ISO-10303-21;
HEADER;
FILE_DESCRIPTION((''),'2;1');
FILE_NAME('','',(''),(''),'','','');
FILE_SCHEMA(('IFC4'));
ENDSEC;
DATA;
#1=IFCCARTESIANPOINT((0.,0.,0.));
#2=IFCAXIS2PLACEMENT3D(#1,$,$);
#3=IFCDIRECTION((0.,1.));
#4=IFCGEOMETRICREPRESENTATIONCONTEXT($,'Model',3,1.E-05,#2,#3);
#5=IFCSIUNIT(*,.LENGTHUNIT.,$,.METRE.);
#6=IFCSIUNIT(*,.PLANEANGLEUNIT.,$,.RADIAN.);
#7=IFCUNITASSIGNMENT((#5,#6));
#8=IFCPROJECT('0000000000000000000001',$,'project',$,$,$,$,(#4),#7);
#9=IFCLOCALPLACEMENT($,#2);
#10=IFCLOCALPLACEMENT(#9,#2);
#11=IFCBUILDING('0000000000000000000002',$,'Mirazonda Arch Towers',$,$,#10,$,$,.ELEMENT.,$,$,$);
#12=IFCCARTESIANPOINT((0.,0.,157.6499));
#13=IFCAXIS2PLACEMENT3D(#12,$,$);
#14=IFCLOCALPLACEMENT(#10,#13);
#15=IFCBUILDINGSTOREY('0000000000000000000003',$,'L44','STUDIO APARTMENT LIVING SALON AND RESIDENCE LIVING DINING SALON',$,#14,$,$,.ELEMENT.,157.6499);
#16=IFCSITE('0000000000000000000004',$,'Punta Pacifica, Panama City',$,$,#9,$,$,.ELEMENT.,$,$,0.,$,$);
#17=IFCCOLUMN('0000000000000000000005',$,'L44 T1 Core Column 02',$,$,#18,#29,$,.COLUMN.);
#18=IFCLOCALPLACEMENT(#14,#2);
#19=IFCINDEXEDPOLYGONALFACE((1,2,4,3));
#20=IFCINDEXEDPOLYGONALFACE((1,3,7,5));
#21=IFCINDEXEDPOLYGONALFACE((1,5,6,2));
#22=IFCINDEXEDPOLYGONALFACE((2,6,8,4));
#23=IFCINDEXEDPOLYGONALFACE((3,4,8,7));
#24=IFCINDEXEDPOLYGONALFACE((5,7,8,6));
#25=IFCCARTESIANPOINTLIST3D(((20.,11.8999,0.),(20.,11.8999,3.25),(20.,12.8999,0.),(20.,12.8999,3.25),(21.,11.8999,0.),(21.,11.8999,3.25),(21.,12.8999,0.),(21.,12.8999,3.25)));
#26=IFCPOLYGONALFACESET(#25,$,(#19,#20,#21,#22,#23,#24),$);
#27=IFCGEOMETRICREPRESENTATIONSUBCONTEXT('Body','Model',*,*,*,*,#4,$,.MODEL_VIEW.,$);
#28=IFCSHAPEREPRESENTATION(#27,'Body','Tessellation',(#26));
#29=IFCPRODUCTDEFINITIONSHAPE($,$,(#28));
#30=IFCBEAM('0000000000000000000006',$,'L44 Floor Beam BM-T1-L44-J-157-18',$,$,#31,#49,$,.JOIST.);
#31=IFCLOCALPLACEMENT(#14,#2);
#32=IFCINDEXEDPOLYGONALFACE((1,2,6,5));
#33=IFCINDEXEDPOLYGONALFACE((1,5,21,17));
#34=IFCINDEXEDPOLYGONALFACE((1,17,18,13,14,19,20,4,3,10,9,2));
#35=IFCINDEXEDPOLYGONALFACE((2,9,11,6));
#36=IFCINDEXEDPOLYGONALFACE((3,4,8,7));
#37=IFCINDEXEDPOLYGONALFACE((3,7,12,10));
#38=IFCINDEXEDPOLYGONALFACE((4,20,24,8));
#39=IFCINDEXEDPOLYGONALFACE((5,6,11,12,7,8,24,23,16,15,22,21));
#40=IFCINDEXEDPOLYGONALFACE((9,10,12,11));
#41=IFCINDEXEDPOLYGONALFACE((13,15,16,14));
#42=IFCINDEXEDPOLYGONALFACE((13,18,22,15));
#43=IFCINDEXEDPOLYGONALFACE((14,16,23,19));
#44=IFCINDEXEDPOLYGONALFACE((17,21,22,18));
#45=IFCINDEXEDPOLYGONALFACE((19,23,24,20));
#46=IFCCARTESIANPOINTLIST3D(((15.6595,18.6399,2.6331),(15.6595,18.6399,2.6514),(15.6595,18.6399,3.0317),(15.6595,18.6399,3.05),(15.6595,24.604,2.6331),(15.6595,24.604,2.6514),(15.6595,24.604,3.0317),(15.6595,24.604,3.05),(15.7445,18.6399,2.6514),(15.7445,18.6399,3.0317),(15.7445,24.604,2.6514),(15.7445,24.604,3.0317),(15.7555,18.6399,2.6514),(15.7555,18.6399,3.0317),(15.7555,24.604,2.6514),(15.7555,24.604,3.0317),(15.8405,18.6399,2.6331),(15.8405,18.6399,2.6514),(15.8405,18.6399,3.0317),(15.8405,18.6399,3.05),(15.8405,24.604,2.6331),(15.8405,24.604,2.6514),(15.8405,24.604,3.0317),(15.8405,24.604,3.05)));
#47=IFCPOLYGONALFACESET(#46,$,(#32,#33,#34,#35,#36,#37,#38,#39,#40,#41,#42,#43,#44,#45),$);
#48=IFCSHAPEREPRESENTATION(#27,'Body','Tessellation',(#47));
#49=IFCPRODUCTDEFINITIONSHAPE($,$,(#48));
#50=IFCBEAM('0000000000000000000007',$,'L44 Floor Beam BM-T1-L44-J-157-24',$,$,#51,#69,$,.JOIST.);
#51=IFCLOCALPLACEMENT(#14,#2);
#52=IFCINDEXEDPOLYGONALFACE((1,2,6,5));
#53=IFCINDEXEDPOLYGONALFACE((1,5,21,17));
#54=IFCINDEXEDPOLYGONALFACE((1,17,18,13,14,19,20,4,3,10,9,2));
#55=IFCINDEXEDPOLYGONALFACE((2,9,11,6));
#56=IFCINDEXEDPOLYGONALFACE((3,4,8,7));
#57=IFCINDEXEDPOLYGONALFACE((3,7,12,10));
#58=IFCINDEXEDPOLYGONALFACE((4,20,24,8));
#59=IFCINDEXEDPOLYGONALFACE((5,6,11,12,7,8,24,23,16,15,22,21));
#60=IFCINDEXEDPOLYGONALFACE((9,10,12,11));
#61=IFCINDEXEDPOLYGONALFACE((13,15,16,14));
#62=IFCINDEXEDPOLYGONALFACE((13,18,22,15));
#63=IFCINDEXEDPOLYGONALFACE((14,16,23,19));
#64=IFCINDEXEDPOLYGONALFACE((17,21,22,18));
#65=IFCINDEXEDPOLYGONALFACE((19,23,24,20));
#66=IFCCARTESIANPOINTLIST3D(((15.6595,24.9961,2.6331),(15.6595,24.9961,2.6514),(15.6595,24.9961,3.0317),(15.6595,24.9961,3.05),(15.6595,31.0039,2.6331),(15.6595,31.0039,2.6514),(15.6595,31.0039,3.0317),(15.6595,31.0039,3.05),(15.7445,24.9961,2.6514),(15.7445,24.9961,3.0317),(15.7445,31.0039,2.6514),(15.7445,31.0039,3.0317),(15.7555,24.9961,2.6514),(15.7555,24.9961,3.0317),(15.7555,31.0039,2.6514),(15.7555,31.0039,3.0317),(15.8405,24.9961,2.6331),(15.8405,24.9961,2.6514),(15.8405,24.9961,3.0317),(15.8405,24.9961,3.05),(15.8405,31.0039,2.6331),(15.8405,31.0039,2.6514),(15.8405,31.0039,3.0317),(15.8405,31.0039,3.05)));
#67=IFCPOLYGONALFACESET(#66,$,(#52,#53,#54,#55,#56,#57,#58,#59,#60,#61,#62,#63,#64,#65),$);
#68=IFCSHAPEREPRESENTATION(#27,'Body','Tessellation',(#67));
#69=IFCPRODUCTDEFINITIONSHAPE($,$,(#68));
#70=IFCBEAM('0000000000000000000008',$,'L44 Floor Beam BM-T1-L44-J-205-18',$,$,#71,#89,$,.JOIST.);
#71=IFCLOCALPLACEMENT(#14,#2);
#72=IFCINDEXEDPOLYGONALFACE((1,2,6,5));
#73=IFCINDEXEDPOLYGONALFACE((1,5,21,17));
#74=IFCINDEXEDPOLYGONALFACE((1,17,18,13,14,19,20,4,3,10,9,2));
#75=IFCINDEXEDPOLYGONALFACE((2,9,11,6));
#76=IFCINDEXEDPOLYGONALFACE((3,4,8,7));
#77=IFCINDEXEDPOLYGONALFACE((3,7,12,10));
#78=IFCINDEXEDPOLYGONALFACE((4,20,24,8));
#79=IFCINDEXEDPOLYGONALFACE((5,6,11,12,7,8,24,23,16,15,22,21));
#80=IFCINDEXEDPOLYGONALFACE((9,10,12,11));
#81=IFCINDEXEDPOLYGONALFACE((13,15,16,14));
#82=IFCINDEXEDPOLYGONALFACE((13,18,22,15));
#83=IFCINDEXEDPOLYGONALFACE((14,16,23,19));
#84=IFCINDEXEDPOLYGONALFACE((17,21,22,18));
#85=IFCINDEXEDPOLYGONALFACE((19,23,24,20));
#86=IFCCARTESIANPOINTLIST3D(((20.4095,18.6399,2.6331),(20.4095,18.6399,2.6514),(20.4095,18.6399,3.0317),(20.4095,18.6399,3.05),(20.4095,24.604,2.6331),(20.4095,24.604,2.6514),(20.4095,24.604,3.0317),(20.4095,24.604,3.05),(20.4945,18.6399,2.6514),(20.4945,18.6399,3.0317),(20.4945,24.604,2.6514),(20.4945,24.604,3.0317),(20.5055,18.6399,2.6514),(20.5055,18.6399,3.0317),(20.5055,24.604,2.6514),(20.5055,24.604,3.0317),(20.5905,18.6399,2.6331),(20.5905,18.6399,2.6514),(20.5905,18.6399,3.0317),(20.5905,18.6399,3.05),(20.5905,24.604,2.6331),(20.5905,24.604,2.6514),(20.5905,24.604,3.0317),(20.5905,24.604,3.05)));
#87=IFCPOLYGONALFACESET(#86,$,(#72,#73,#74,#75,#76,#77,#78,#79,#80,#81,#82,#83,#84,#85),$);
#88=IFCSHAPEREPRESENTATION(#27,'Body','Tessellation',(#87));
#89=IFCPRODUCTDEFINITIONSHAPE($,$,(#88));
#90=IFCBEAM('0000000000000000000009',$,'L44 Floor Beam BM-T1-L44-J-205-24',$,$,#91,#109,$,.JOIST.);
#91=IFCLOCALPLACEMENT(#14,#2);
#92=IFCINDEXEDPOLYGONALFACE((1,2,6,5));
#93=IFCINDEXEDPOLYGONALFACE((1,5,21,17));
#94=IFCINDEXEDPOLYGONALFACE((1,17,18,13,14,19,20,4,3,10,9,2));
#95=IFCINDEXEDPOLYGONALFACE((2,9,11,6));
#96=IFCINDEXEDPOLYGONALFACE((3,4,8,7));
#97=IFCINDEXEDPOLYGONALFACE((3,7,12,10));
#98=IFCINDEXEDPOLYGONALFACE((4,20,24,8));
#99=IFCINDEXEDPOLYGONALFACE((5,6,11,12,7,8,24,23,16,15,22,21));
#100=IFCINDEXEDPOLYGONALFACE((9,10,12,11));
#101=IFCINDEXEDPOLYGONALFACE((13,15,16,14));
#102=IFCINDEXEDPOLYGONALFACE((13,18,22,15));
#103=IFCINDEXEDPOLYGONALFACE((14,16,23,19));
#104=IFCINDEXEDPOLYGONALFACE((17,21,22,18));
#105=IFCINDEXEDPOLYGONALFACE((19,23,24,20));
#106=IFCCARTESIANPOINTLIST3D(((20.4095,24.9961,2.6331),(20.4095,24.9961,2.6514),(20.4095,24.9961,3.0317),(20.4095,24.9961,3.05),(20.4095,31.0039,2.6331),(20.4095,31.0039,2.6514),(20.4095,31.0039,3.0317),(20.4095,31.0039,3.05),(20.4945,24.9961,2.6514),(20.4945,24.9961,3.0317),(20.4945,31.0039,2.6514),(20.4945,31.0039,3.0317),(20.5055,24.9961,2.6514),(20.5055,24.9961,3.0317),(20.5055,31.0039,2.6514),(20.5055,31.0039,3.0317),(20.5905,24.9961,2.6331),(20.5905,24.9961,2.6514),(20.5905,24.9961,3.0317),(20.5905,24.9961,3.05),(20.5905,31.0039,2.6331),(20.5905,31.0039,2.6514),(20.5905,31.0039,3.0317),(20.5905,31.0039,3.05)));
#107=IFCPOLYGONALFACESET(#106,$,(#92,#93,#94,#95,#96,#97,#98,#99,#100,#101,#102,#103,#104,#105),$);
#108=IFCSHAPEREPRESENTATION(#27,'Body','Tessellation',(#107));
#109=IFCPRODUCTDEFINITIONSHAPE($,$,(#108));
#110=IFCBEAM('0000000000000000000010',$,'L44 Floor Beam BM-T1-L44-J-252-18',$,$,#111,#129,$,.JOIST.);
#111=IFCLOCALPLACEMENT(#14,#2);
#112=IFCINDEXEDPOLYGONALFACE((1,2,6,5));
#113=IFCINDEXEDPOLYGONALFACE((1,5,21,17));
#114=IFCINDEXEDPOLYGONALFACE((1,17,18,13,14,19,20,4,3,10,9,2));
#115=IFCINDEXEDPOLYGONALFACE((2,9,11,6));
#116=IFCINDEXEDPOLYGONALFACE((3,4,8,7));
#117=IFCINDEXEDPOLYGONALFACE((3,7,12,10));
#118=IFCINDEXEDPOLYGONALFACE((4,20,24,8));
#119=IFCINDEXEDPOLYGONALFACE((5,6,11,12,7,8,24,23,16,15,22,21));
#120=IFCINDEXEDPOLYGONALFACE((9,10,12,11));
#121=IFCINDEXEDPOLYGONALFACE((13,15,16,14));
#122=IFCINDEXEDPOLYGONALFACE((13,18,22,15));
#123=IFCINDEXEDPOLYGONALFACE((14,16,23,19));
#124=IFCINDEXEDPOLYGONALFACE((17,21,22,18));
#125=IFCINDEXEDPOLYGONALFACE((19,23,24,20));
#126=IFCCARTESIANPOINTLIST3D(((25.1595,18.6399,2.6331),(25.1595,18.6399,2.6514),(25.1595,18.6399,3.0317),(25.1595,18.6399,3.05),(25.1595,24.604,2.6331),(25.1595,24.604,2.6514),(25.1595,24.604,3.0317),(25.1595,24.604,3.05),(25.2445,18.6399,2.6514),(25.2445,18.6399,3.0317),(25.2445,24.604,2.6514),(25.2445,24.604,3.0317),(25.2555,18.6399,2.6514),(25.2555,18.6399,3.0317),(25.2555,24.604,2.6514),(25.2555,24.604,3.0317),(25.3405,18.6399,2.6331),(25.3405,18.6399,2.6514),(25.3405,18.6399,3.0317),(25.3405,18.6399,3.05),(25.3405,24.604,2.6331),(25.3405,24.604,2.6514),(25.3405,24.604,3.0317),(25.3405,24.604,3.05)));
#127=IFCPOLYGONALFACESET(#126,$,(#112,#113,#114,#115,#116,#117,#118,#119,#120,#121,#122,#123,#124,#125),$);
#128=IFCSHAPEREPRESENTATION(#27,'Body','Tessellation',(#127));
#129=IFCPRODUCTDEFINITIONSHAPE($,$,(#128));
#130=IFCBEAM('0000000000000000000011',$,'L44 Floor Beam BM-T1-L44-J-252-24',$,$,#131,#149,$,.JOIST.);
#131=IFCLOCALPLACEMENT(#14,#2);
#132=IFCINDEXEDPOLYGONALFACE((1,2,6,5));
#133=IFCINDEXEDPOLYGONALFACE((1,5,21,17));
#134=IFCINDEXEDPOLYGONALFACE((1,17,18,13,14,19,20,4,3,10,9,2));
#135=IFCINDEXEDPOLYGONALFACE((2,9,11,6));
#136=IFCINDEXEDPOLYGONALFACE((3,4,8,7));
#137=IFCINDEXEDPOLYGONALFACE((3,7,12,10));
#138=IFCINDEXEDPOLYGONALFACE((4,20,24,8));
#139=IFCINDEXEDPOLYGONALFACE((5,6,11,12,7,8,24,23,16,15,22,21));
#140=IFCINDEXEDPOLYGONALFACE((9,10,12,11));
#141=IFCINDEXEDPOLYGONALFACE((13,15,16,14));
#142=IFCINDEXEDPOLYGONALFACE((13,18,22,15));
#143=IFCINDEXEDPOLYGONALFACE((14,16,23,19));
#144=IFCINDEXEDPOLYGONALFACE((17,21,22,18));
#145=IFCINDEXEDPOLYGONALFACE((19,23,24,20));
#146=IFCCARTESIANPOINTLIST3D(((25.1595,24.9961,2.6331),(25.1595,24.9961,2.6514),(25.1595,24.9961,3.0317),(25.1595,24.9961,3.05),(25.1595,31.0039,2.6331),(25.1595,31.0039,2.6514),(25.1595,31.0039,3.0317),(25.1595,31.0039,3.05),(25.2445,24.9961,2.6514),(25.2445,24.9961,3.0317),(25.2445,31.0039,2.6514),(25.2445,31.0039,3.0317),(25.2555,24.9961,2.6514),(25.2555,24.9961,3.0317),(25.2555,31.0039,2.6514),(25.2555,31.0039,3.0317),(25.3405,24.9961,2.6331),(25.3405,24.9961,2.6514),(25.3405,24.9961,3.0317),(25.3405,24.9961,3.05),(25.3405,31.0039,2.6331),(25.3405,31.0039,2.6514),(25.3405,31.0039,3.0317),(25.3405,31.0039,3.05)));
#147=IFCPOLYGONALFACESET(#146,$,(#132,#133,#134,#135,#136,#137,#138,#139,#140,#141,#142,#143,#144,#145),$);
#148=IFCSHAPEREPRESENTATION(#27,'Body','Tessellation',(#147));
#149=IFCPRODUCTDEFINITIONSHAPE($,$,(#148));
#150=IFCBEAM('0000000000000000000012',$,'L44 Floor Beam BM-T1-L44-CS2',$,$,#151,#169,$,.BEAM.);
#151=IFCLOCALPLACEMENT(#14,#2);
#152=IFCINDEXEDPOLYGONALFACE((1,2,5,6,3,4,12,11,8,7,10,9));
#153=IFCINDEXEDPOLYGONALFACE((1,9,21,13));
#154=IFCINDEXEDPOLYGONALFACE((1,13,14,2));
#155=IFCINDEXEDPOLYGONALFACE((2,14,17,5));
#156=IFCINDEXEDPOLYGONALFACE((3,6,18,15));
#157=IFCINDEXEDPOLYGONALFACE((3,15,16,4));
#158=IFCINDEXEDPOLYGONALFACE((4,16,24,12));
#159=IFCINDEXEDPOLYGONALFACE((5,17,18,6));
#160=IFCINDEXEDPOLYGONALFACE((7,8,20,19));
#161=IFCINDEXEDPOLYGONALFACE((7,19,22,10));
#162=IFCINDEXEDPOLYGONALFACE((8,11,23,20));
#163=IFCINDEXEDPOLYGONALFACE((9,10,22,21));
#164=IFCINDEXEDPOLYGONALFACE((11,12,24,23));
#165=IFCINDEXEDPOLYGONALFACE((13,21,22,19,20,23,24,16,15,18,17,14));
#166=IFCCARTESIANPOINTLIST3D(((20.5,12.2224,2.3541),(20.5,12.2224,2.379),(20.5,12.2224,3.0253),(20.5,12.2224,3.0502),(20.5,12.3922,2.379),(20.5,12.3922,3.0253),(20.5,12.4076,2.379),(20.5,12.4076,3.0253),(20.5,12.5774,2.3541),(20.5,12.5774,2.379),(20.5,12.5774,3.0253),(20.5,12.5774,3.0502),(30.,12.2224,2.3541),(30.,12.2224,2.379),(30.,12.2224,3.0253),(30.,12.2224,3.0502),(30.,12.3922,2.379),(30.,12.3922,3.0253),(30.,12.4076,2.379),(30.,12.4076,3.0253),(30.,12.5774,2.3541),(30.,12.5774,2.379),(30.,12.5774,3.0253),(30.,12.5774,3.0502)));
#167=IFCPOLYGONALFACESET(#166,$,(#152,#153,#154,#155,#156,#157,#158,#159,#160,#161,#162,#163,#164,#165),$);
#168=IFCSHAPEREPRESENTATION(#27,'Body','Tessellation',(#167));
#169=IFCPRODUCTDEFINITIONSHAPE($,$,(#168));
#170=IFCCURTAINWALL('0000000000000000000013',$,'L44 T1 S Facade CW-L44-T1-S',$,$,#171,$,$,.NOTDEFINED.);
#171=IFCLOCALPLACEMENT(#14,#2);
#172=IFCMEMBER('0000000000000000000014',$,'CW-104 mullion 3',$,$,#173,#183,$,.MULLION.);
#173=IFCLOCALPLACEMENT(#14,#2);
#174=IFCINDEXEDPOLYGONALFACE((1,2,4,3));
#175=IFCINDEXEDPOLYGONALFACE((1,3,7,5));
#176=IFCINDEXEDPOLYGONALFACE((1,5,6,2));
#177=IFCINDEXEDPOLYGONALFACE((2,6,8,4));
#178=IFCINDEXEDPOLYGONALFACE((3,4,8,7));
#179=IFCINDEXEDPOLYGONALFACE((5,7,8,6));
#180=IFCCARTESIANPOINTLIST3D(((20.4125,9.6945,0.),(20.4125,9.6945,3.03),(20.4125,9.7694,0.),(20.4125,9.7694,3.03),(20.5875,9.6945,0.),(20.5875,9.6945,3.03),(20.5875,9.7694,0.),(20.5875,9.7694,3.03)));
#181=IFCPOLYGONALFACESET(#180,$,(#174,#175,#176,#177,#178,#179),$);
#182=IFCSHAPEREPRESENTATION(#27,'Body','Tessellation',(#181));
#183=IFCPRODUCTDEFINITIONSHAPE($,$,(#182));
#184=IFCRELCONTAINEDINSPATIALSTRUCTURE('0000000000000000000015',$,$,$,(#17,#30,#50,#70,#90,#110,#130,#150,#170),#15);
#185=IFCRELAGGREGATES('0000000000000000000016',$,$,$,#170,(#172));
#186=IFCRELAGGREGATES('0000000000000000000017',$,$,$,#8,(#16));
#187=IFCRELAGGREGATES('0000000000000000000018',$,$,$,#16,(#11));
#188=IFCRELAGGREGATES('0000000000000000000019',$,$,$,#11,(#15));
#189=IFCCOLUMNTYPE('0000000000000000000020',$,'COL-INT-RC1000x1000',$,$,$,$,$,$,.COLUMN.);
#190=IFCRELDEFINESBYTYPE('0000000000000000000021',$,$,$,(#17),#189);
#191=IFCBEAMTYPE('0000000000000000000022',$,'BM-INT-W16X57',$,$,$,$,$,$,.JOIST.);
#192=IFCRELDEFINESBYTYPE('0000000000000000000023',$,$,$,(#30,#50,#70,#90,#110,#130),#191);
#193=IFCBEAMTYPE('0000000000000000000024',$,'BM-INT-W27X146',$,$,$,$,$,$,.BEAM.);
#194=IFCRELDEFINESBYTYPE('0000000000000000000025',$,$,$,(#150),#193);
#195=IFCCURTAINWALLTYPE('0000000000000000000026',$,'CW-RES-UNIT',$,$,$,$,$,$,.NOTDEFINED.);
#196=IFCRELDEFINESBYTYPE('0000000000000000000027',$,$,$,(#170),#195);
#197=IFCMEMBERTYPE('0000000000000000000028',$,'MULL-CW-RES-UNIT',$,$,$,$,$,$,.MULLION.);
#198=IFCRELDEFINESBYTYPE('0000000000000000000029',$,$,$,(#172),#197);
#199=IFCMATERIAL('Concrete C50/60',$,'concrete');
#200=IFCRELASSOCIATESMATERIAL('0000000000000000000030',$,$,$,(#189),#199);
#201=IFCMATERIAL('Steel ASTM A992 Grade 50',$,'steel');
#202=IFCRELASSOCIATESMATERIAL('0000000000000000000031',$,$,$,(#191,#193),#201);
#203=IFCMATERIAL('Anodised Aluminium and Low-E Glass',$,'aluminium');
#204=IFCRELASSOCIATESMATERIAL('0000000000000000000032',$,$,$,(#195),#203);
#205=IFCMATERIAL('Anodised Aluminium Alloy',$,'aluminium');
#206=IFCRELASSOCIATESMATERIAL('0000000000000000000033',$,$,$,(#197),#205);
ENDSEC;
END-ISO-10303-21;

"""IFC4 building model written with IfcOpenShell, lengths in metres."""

from ifc_helpers import new_model, si_unit, direction, frame, origin, origin_2d, place, context, subcontext, project, spatial, rectangle, i_section, extrude, material, material_profile, profile_set, type_object, element, aggregate, save


model = new_model("IFC4")

# Units and contexts
model_context = context("Model", 3, precision=1e-05, world=origin(), true_north=direction((0.0, 1.0)))
body_context = subcontext(model_context, "Body", "Model", "MODEL_VIEW")
ifc_project = project(units=[si_unit("LENGTHUNIT", "METRE"), si_unit("PLANEANGLEUNIT", "RADIAN")], contexts=[model_context])

# Site, building, storey
site_placement = place(None, origin())
site = spatial("IfcSite", under=ifc_project, at=site_placement, Name="Punta Pacifica, Panama City", CompositionType="ELEMENT", RefElevation=0.0)
building_placement = place(site_placement, origin())
building = spatial("IfcBuilding", under=site, at=building_placement, Name="Mirazonda Arch Towers", CompositionType="ELEMENT")
storey_placement = place(building_placement, frame((0.0, 0.0, 157.6499)))
storey = spatial("IfcBuildingStorey", under=building, at=storey_placement, Name="L44", Description="STUDIO APARTMENT LIVING SALON AND RESIDENCE LIVING DINING SALON", CompositionType="ELEMENT", Elevation=157.6499)

# Column
ifc_material_1 = material(Name="Concrete C50/60", Category="concrete")
ifc_material_profile_1 = material_profile(ifc_material_1, rectangle(XDim=1.0, YDim=1.0, at=origin_2d()), Name="RC1000x1000")
ifc_profile_set_1 = profile_set([ifc_material_profile_1], Name="Concrete C50/60")
column_type = type_object("IfcColumnType", Name="COL-INT-RC1000x1000", PredefinedType="COLUMN", material=ifc_profile_set_1)
column_placement = place(storey_placement, frame((20.5, 12.3999, 0.0), z_axis=(0.0, 0.0, 1.0), x_axis=(1.0, 0.0, 0.0)))
element("IfcColumn", 1, at=column_placement, inside=storey, type_object=column_type, Name="L44 T1 Core Column 02", PredefinedType="COLUMN", context=body_context, shape_type="SweptSolid", body=[
    extrude(rectangle(XDim=1.0, YDim=1.0, at=origin_2d()), origin(), (0.0, 0.0, 1.0), 3.25),
])

# Beams
ifc_material_2 = material(Name="Steel ASTM A992 Grade 50", Category="steel")
ifc_material_profile_2 = material_profile(ifc_material_2, i_section(OverallWidth=0.1809, OverallDepth=0.417, WebThickness=0.011, FlangeThickness=0.0183, at=origin_2d()), Name="W16X57")
ifc_profile_set_2 = profile_set([ifc_material_profile_2], Name="Steel ASTM A992 Grade 50")
beam_type_1 = type_object("IfcBeamType", Name="BM-INT-W16X57", PredefinedType="JOIST", material=ifc_profile_set_2)
beam_1_placement = place(storey_placement, frame((15.75, 18.6399, 2.8416), z_axis=(0.0, 1.0, 0.0), x_axis=(-1.0, 0.0, 0.0)))
element("IfcBeam", 2, at=beam_1_placement, inside=storey, type_object=beam_type_1, Name="L44 Floor Beam BM-T1-L44-J-157-18", PredefinedType="JOIST", context=body_context, shape_type="SweptSolid", body=[
    extrude(i_section(OverallWidth=0.1809, OverallDepth=0.417, WebThickness=0.011, FlangeThickness=0.0183, at=origin_2d()), origin(), (0.0, 0.0, 1.0), 5.9641),
])
beam_2_placement = place(storey_placement, frame((15.75, 24.9961, 2.8416), z_axis=(0.0, 1.0, 0.0), x_axis=(-1.0, 0.0, 0.0)))
element("IfcBeam", 3, at=beam_2_placement, inside=storey, type_object=beam_type_1, Name="L44 Floor Beam BM-T1-L44-J-157-24", PredefinedType="JOIST", context=body_context, shape_type="SweptSolid", body=[
    extrude(i_section(OverallWidth=0.1809, OverallDepth=0.417, WebThickness=0.011, FlangeThickness=0.0183, at=origin_2d()), origin(), (0.0, 0.0, 1.0), 6.0078),
])
beam_3_placement = place(storey_placement, frame((20.5, 18.6399, 2.8416), z_axis=(0.0, 1.0, 0.0), x_axis=(-1.0, 0.0, 0.0)))
element("IfcBeam", 4, at=beam_3_placement, inside=storey, type_object=beam_type_1, Name="L44 Floor Beam BM-T1-L44-J-205-18", PredefinedType="JOIST", context=body_context, shape_type="SweptSolid", body=[
    extrude(i_section(OverallWidth=0.1809, OverallDepth=0.417, WebThickness=0.011, FlangeThickness=0.0183, at=origin_2d()), origin(), (0.0, 0.0, 1.0), 5.9641),
])
beam_4_placement = place(storey_placement, frame((20.5, 24.9961, 2.8416), z_axis=(0.0, 1.0, 0.0), x_axis=(-1.0, 0.0, 0.0)))
element("IfcBeam", 5, at=beam_4_placement, inside=storey, type_object=beam_type_1, Name="L44 Floor Beam BM-T1-L44-J-205-24", PredefinedType="JOIST", context=body_context, shape_type="SweptSolid", body=[
    extrude(i_section(OverallWidth=0.1809, OverallDepth=0.417, WebThickness=0.011, FlangeThickness=0.0183, at=origin_2d()), origin(), (0.0, 0.0, 1.0), 6.0078),
])
beam_5_placement = place(storey_placement, frame((25.25, 18.6399, 2.8416), z_axis=(0.0, 1.0, 0.0), x_axis=(-1.0, 0.0, 0.0)))
element("IfcBeam", 6, at=beam_5_placement, inside=storey, type_object=beam_type_1, Name="L44 Floor Beam BM-T1-L44-J-252-18", PredefinedType="JOIST", context=body_context, shape_type="SweptSolid", body=[
    extrude(i_section(OverallWidth=0.1809, OverallDepth=0.417, WebThickness=0.011, FlangeThickness=0.0183, at=origin_2d()), origin(), (0.0, 0.0, 1.0), 5.9641),
])
beam_6_placement = place(storey_placement, frame((25.25, 24.9961, 2.8416), z_axis=(0.0, 1.0, 0.0), x_axis=(-1.0, 0.0, 0.0)))
element("IfcBeam", 7, at=beam_6_placement, inside=storey, type_object=beam_type_1, Name="L44 Floor Beam BM-T1-L44-J-252-24", PredefinedType="JOIST", context=body_context, shape_type="SweptSolid", body=[
    extrude(i_section(OverallWidth=0.1809, OverallDepth=0.417, WebThickness=0.011, FlangeThickness=0.0183, at=origin_2d()), origin(), (0.0, 0.0, 1.0), 6.0078),
])
ifc_material_profile_3 = material_profile(ifc_material_2, i_section(OverallWidth=0.355, OverallDepth=0.696, WebThickness=0.0154, FlangeThickness=0.0249, at=origin_2d()), Name="W27X146")
ifc_profile_set_3 = profile_set([ifc_material_profile_3], Name="Steel ASTM A992 Grade 50")
beam_type_2 = type_object("IfcBeamType", Name="BM-INT-W27X146", PredefinedType="BEAM", material=ifc_profile_set_3)
beam_7_placement = place(storey_placement, frame((20.5, 12.3999, 2.7021), z_axis=(1.0, 0.0, 0.0), x_axis=(0.0, 1.0, 0.0)))
element("IfcBeam", 8, at=beam_7_placement, inside=storey, type_object=beam_type_2, Name="L44 Floor Beam BM-T1-L44-CS2", PredefinedType="BEAM", context=body_context, shape_type="SweptSolid", body=[
    extrude(i_section(OverallWidth=0.355, OverallDepth=0.696, WebThickness=0.0154, FlangeThickness=0.0249, at=origin_2d()), origin(), (0.0, 0.0, 1.0), 9.5),
])

# Curtain wall, member
ifc_material_3 = material(Name="Anodised Aluminium and Low-E Glass", Category="aluminium")
curtain_wall_type = type_object("IfcCurtainWallType", Name="CW-RES-UNIT", PredefinedType="NOTDEFINED", material=ifc_material_3)
curtain_wall_placement = place(storey_placement, origin())
curtain_wall = element("IfcCurtainWall", 9, at=curtain_wall_placement, inside=storey, type_object=curtain_wall_type, Name="L44 T1 S Facade CW-L44-T1-S", PredefinedType="NOTDEFINED")
ifc_material_4 = material(Name="Anodised Aluminium Alloy", Category="aluminium")
ifc_material_profile_4 = material_profile(ifc_material_4, rectangle(XDim=0.075, YDim=0.175, at=origin_2d()), Name="ALU-MULL-75x175")
ifc_profile_set_4 = profile_set([ifc_material_profile_4], Name="Anodised Aluminium Alloy")
member_type_1 = type_object("IfcMemberType", Name="MULL-CW-RES-UNIT", PredefinedType="MULLION", material=ifc_profile_set_4)
member_1_placement = place(storey_placement, frame((20.5, 9.7319, 0.0), z_axis=(0.0, 0.0, 1.0), x_axis=(0.0, -1.0, 0.0)))
member_1 = element("IfcMember", 10, at=member_1_placement, type_object=member_type_1, Name="CW-104 mullion 3", PredefinedType="MULLION", context=body_context, shape_type="SweptSolid", body=[
    extrude(rectangle(XDim=0.075, YDim=0.175, at=origin_2d()), origin(), (0.0, 0.0, 1.0), 3.03),
])
aggregate(curtain_wall, [member_1])

save(model, "model.ifc")
